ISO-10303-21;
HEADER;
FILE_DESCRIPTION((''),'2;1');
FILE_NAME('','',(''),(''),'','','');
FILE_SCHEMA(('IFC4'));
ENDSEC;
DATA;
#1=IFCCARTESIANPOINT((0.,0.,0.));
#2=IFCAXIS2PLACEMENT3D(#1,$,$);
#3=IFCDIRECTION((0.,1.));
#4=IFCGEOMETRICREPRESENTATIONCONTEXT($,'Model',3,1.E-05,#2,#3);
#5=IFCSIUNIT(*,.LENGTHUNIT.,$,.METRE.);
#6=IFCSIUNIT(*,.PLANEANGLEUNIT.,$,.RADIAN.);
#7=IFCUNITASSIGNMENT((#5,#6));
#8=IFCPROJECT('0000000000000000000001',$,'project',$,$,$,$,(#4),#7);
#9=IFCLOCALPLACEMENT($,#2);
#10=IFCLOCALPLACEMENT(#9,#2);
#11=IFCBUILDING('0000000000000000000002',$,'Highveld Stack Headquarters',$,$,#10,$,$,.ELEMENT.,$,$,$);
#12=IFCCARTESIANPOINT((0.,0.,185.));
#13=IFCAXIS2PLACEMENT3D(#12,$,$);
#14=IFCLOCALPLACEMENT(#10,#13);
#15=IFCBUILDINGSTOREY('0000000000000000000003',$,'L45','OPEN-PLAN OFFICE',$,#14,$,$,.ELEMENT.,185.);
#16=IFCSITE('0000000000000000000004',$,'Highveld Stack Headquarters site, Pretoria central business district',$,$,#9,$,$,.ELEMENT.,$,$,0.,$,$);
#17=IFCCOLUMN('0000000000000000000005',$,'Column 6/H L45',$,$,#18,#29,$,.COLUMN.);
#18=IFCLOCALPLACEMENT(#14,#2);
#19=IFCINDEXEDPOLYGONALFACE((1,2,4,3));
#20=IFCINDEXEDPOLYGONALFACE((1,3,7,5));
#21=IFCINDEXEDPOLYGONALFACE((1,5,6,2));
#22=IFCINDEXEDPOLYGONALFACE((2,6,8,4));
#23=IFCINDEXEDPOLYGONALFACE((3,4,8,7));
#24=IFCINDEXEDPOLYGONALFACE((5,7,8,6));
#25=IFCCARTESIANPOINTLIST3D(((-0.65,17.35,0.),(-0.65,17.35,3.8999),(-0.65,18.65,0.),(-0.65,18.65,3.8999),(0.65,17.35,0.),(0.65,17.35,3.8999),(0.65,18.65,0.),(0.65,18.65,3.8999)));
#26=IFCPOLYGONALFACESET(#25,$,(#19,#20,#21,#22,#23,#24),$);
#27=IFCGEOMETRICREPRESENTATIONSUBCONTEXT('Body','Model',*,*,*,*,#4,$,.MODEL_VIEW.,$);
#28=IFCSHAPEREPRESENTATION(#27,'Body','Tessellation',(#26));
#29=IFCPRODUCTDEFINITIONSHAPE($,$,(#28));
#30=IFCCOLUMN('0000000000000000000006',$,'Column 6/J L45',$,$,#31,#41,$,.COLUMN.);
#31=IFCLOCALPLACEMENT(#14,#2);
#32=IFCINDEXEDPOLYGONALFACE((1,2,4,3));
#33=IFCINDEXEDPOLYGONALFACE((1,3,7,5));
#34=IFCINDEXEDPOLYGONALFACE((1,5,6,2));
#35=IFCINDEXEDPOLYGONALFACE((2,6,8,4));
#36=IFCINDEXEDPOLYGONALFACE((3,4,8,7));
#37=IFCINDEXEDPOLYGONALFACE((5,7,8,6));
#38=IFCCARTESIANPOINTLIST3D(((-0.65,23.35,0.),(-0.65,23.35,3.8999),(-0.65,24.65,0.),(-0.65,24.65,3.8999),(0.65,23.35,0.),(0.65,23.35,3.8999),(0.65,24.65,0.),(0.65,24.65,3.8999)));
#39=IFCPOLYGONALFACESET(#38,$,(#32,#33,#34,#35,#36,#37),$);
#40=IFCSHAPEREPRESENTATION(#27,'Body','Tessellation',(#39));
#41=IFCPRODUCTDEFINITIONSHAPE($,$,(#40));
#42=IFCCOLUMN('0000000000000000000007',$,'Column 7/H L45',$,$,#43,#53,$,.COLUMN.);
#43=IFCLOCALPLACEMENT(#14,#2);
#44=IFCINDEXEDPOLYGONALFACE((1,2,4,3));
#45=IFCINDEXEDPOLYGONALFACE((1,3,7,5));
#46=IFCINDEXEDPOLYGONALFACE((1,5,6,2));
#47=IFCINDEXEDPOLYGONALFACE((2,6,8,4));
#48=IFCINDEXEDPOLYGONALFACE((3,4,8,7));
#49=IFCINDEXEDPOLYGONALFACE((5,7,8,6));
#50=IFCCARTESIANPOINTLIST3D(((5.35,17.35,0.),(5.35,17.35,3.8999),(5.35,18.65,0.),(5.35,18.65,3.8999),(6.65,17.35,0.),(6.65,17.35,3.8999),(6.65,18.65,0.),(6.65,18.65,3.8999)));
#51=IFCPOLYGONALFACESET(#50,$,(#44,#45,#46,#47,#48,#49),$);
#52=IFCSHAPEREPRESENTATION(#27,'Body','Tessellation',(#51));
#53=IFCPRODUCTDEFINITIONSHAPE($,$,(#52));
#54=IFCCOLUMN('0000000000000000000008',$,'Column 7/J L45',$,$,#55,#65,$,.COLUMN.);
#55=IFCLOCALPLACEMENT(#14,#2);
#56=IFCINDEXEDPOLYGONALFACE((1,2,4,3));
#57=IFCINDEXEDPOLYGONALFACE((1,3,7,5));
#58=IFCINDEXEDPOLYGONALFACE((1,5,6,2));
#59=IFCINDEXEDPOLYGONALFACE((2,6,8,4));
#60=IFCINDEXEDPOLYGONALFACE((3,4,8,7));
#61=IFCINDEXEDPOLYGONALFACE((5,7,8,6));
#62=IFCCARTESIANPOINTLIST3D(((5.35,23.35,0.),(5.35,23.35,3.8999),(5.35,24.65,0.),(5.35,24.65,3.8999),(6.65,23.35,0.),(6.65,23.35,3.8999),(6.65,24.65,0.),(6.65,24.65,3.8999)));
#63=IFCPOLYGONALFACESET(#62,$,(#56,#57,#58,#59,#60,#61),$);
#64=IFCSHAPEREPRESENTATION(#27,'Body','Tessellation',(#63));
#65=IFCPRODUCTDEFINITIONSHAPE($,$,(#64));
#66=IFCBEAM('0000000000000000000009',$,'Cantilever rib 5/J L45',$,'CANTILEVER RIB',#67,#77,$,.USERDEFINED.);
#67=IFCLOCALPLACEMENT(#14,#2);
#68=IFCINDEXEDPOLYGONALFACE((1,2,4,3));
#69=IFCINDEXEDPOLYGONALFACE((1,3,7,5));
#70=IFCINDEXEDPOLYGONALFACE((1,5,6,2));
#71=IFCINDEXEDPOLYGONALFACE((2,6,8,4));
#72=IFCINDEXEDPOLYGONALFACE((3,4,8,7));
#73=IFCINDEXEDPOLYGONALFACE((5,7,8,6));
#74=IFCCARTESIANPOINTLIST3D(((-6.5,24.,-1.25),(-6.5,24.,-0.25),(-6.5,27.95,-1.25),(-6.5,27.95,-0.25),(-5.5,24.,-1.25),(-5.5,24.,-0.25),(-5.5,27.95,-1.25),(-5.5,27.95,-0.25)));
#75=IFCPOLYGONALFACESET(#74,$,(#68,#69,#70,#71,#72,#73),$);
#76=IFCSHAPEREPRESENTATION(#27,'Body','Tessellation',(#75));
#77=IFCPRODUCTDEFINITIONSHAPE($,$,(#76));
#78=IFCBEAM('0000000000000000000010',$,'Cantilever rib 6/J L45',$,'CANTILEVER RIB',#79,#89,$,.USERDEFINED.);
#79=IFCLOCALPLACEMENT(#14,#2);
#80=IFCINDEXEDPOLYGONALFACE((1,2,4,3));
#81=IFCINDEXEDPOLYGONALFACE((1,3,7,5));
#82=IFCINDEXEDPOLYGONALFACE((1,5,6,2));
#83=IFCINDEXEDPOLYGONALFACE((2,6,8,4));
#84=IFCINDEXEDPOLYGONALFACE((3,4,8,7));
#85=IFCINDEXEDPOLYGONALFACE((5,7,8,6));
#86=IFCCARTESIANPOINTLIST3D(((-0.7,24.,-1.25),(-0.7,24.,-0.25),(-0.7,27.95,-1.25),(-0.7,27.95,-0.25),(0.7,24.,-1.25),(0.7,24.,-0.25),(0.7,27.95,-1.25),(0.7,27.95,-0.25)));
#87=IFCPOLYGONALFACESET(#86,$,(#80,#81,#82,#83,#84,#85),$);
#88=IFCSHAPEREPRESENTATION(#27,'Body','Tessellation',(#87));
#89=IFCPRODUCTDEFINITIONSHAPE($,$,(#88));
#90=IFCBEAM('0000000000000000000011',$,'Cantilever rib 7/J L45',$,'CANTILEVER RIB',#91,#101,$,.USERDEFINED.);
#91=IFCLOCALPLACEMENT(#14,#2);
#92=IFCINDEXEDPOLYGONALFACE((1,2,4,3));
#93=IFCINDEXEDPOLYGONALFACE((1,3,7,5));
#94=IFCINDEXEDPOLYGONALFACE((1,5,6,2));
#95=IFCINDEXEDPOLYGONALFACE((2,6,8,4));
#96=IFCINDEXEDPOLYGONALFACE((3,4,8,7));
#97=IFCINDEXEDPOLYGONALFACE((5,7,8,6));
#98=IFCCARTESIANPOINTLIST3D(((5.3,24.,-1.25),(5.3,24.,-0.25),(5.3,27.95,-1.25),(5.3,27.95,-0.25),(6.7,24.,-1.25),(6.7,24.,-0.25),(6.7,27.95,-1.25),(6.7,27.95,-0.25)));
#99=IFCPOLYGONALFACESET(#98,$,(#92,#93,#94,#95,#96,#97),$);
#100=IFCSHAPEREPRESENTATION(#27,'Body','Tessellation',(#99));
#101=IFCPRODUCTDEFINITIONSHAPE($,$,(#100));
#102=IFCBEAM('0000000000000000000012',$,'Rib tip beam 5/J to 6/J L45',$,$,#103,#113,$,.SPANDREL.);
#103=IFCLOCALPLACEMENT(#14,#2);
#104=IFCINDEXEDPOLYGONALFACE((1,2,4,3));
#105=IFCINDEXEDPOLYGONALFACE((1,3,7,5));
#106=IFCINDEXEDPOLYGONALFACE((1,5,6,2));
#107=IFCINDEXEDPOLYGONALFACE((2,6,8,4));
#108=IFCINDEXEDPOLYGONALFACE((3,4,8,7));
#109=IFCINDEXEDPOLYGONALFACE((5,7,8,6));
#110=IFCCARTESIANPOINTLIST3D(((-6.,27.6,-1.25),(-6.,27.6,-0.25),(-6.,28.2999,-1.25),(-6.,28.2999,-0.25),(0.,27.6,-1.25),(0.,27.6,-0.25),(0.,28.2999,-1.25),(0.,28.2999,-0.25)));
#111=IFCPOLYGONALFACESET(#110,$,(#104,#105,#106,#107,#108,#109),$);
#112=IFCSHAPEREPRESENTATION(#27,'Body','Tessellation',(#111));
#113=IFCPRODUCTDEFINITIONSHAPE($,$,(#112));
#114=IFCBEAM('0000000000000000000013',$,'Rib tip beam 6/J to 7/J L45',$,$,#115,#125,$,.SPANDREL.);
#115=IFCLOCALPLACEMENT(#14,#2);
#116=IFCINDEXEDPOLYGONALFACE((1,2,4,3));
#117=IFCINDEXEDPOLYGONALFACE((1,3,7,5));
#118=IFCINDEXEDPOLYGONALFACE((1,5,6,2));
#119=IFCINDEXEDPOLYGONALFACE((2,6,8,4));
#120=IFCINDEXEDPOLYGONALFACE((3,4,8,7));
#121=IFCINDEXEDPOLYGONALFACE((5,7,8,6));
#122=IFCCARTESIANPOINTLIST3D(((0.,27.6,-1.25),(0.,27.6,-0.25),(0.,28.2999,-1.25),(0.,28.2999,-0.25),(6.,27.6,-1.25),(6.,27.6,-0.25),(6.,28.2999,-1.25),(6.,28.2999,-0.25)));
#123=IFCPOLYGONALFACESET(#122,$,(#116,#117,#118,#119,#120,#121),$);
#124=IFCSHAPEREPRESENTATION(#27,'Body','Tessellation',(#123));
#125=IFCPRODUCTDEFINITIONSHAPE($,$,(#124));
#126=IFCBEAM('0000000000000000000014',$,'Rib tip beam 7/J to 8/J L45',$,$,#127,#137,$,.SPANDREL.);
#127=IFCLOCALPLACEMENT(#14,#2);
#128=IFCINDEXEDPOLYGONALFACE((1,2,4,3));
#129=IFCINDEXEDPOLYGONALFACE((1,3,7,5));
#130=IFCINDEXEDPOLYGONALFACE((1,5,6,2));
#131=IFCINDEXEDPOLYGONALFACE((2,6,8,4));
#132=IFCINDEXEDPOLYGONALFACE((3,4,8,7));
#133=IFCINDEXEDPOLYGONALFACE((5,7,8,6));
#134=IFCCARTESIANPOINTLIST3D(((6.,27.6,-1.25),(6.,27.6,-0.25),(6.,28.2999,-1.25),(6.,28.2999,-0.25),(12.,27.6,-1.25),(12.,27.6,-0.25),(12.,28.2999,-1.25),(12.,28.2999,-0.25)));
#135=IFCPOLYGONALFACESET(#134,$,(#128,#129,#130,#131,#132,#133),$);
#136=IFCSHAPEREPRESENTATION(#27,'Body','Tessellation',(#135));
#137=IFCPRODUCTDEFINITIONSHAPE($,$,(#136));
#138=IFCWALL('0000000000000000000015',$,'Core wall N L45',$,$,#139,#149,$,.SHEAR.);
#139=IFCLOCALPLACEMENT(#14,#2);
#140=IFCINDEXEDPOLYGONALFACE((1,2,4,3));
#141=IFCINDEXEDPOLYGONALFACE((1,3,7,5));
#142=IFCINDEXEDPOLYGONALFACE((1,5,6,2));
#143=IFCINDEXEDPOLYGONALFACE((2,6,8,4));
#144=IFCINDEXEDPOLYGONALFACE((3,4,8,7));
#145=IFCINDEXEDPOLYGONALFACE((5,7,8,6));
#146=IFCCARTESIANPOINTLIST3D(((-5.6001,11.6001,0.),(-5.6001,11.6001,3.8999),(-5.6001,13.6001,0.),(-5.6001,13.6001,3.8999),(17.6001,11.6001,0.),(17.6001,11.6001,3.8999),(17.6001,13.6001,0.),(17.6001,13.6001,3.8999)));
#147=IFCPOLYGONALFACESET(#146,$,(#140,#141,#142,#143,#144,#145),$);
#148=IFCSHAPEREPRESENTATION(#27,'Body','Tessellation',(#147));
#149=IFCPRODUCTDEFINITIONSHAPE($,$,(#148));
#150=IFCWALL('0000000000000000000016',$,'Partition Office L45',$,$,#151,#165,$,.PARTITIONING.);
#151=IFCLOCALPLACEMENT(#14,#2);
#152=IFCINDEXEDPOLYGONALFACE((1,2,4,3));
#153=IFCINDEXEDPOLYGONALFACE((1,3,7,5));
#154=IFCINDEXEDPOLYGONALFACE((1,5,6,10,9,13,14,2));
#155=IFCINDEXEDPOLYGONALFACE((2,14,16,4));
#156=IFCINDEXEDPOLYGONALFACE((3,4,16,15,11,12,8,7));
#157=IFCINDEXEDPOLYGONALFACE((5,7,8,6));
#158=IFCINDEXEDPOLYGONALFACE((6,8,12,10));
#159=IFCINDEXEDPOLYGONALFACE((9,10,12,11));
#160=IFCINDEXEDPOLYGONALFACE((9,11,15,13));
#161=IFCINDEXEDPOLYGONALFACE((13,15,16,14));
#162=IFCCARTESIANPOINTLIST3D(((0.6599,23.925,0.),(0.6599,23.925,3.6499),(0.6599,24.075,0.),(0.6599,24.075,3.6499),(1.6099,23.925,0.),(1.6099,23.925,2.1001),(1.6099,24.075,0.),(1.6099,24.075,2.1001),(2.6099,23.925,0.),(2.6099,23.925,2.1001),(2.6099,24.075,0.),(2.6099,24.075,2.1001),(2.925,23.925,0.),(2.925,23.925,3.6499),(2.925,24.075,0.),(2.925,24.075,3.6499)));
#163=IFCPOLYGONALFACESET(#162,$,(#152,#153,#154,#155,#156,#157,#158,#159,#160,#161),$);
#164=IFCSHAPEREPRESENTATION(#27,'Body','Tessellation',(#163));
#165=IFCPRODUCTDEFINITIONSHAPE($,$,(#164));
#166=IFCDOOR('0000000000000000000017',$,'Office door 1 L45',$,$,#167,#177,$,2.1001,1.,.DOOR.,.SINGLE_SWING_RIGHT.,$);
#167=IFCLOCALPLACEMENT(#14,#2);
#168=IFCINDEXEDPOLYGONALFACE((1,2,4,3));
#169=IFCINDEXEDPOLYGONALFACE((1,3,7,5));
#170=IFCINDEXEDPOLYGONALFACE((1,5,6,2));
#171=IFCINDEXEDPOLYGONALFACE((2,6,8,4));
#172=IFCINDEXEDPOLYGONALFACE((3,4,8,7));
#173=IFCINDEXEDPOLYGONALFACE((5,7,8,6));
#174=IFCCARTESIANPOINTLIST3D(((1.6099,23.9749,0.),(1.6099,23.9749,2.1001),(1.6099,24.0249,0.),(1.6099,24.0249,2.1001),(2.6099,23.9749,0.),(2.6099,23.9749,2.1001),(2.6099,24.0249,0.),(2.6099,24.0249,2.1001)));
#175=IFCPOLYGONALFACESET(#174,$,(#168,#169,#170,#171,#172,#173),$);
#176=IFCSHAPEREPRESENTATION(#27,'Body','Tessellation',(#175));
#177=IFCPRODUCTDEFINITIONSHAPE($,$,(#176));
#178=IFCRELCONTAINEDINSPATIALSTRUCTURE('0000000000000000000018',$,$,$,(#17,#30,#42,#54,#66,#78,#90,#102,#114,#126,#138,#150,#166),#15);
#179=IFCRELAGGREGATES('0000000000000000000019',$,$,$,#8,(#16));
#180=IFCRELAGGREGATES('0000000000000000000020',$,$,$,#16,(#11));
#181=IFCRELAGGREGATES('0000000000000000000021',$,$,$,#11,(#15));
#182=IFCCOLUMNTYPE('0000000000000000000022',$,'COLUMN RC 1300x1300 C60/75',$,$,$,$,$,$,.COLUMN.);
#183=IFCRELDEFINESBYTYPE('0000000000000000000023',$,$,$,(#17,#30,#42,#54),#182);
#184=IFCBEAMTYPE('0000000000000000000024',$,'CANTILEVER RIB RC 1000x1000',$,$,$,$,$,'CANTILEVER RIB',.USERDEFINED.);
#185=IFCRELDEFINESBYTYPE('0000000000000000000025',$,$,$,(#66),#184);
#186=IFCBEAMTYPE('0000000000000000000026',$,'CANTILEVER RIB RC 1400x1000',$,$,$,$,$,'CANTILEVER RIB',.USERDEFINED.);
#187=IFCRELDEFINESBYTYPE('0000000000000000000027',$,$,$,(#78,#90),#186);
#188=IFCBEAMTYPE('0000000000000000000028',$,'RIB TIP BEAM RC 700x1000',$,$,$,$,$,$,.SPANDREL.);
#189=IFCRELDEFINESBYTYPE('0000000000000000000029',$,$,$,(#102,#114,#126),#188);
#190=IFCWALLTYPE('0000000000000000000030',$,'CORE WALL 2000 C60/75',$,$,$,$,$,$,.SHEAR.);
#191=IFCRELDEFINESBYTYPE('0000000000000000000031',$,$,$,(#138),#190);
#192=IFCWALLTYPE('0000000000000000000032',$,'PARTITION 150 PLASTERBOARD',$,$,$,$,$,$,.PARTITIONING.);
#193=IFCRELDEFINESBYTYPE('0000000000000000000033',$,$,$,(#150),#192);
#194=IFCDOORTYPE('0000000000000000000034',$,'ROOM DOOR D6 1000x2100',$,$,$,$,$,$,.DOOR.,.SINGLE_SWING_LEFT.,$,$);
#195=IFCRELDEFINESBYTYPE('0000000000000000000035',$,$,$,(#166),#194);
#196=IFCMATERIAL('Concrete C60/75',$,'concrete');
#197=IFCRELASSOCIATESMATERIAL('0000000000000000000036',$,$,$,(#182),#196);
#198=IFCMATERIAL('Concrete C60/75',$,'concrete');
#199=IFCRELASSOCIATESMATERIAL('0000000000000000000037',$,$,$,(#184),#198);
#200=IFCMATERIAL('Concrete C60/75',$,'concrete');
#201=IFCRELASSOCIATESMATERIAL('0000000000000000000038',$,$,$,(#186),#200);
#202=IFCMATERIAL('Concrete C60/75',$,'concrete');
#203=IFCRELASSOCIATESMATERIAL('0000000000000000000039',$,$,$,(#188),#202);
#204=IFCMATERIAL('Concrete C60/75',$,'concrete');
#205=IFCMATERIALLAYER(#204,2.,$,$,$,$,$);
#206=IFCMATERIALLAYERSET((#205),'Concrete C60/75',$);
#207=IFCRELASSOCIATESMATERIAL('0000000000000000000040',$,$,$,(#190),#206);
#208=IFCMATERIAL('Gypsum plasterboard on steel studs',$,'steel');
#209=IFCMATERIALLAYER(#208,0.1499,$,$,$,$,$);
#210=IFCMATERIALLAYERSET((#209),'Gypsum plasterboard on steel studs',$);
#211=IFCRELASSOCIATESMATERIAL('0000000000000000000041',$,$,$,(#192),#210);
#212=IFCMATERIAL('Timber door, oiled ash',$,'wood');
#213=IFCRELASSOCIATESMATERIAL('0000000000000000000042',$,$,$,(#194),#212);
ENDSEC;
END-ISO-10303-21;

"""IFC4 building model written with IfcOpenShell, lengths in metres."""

from ifc_helpers import new_model, si_unit, direction, frame, frame_2d, origin, origin_2d, place, context, subcontext, project, spatial, rectangle, extrude, material, layer, layer_set, material_profile, profile_set, type_object, element, fill, save


model = new_model("IFC4")

# Units and contexts
model_context = context("Model", 3, precision=1e-05, world=origin(), true_north=direction((0.0, 1.0)))
body_context = subcontext(model_context, "Body", "Model", "MODEL_VIEW")
ifc_project = project(units=[si_unit("LENGTHUNIT", "METRE"), si_unit("PLANEANGLEUNIT", "RADIAN")], contexts=[model_context])

# Site, building, storey
site_placement = place(None, origin())
site = spatial("IfcSite", under=ifc_project, at=site_placement, Name="Highveld Stack Headquarters site, Pretoria central business district", CompositionType="ELEMENT", RefElevation=0.0)
building_placement = place(site_placement, origin())
building = spatial("IfcBuilding", under=site, at=building_placement, Name="Highveld Stack Headquarters", CompositionType="ELEMENT")
storey_placement = place(building_placement, frame((0.0, 0.0, 185.0)))
storey = spatial("IfcBuildingStorey", under=building, at=storey_placement, Name="L45", Description="OPEN-PLAN OFFICE", CompositionType="ELEMENT", Elevation=185.0)

# Columns
ifc_material_1 = material(Name="Concrete C60/75", Category="concrete")
ifc_material_profile_1 = material_profile(ifc_material_1, rectangle(XDim=1.3, YDim=1.3, at=origin_2d()), Name="RC 1300x1300")
ifc_profile_set_1 = profile_set([ifc_material_profile_1], Name="Concrete C60/75")
column_type = type_object("IfcColumnType", Name="COLUMN RC 1300x1300 C60/75", PredefinedType="COLUMN", material=ifc_profile_set_1)
for number, where, z_axis, x_axis, name in (
    (1, (0.0, 18.0, 0.0), (0.0, 0.0, 1.0), (1.0, 0.0, 0.0), "Column 6/H L45"),
    (2, (0.0, 24.0, 0.0), (0.0, 0.0, 1.0), (1.0, 0.0, 0.0), "Column 6/J L45"),
    (3, (6.0, 18.0, 0.0), (0.0, 0.0, 1.0), (1.0, 0.0, 0.0), "Column 7/H L45"),
    (4, (6.0, 24.0, 0.0), (0.0, 0.0, 1.0), (1.0, 0.0, 0.0), "Column 7/J L45"),
):
    element("IfcColumn", number, at=place(storey_placement, frame(where, z_axis=z_axis, x_axis=x_axis)), inside=storey, type_object=column_type, Name=name, PredefinedType="COLUMN", context=body_context, shape_type="SweptSolid", body=[
        extrude(rectangle(XDim=1.3, YDim=1.3, at=origin_2d()), origin(), (0.0, 0.0, 1.0), 3.8999),
    ])

# Beams
ifc_material_2 = material(Name="Concrete C60/75", Category="concrete")
ifc_material_profile_2 = material_profile(ifc_material_2, rectangle(XDim=1.0, YDim=1.0, at=origin_2d()), Name="RC 1000x1000")
ifc_profile_set_2 = profile_set([ifc_material_profile_2], Name="Concrete C60/75")
beam_type_1 = type_object("IfcBeamType", Name="CANTILEVER RIB RC 1000x1000", ElementType="CANTILEVER RIB", PredefinedType="USERDEFINED", material=ifc_profile_set_2)
beam_placement = place(storey_placement, frame((-6.0, 24.0, -0.75), z_axis=(0.0, 1.0, 0.0), x_axis=(-1.0, 0.0, 0.0)))
element("IfcBeam", 5, at=beam_placement, inside=storey, type_object=beam_type_1, Name="Cantilever rib 5/J L45", ObjectType="CANTILEVER RIB", PredefinedType="USERDEFINED", context=body_context, shape_type="SweptSolid", body=[
    extrude(rectangle(XDim=1.0, YDim=1.0, at=origin_2d()), origin(), (0.0, 0.0, 1.0), 3.95),
])
ifc_material_3 = material(Name="Concrete C60/75", Category="concrete")
ifc_material_profile_3 = material_profile(ifc_material_3, rectangle(XDim=1.3999, YDim=1.0, at=origin_2d()), Name="RC 1400x1000")
ifc_profile_set_3 = profile_set([ifc_material_profile_3], Name="Concrete C60/75")
beam_type_2 = type_object("IfcBeamType", Name="CANTILEVER RIB RC 1400x1000", ElementType="CANTILEVER RIB", PredefinedType="USERDEFINED", material=ifc_profile_set_3)
for number, where, z_axis, x_axis, name in (
    (6, (0.0, 24.0, -0.75), (0.0, 1.0, 0.0), (-1.0, 0.0, 0.0), "Cantilever rib 6/J L45"),
    (7, (6.0, 24.0, -0.75), (0.0, 1.0, 0.0), (-1.0, 0.0, 0.0), "Cantilever rib 7/J L45"),
):
    element("IfcBeam", number, at=place(storey_placement, frame(where, z_axis=z_axis, x_axis=x_axis)), inside=storey, type_object=beam_type_2, Name=name, ObjectType="CANTILEVER RIB", PredefinedType="USERDEFINED", context=body_context, shape_type="SweptSolid", body=[
        extrude(rectangle(XDim=1.3999, YDim=1.0, at=origin_2d()), origin(), (0.0, 0.0, 1.0), 3.95),
    ])
ifc_material_4 = material(Name="Concrete C60/75", Category="concrete")
ifc_material_profile_4 = material_profile(ifc_material_4, rectangle(XDim=0.7, YDim=1.0, at=origin_2d()), Name="RC 700x1000")
ifc_profile_set_4 = profile_set([ifc_material_profile_4], Name="Concrete C60/75")
beam_type_3 = type_object("IfcBeamType", Name="RIB TIP BEAM RC 700x1000", PredefinedType="SPANDREL", material=ifc_profile_set_4)
for number, where, z_axis, x_axis, name in (
    (8, (-6.0, 27.95, -0.75), (1.0, 0.0, 0.0), (0.0, 1.0, 0.0), "Rib tip beam 5/J to 6/J L45"),
    (9, (0.0, 27.95, -0.75), (1.0, 0.0, 0.0), (0.0, 1.0, 0.0), "Rib tip beam 6/J to 7/J L45"),
    (10, (6.0, 27.95, -0.75), (1.0, 0.0, 0.0), (0.0, 1.0, 0.0), "Rib tip beam 7/J to 8/J L45"),
):
    element("IfcBeam", number, at=place(storey_placement, frame(where, z_axis=z_axis, x_axis=x_axis)), inside=storey, type_object=beam_type_3, Name=name, PredefinedType="SPANDREL", context=body_context, shape_type="SweptSolid", body=[
        extrude(rectangle(XDim=0.7, YDim=1.0, at=origin_2d()), origin(), (0.0, 0.0, 1.0), 6.0),
    ])

# Wall
ifc_material_5 = material(Name="Concrete C60/75", Category="concrete")
ifc_layer_1 = layer(ifc_material_5, 2.0)
ifc_layer_set_1 = layer_set([ifc_layer_1], Name="Concrete C60/75")
wall_type_1 = type_object("IfcWallType", Name="CORE WALL 2000 C60/75", PredefinedType="SHEAR", material=ifc_layer_set_1)
wall_1_placement = place(storey_placement, frame((-5.6001, 12.6001, 0.0), z_axis=(0.0, 0.0, 1.0), x_axis=(1.0, 0.0, 0.0)))
element("IfcWall", 11, at=wall_1_placement, inside=storey, type_object=wall_type_1, Name="Core wall N L45", PredefinedType="SHEAR", context=body_context, shape_type="SweptSolid", body=[
    extrude(rectangle(XDim=23.2002, YDim=2.0, at=frame_2d((11.6001, 0.0))), origin(), (0.0, 0.0, 1.0), 3.8999),
])

# Wall, opening, door
ifc_material_6 = material(Name="Gypsum plasterboard on steel studs", Category="steel")
ifc_layer_2 = layer(ifc_material_6, 0.1499)
ifc_layer_set_2 = layer_set([ifc_layer_2], Name="Gypsum plasterboard on steel studs")
wall_type_2 = type_object("IfcWallType", Name="PARTITION 150 PLASTERBOARD", PredefinedType="PARTITIONING", material=ifc_layer_set_2)
wall_2_placement = place(storey_placement, frame((0.6599, 24.0, 0.0), z_axis=(0.0, 0.0, 1.0), x_axis=(1.0, 0.0, 0.0)))
wall_2 = element("IfcWall", 12, at=wall_2_placement, inside=storey, type_object=wall_type_2, Name="Partition Office L45", PredefinedType="PARTITIONING", context=body_context, shape_type="SweptSolid", body=[
    extrude(rectangle(XDim=2.2651, YDim=0.1499, at=frame_2d((1.1326, 0.0))), origin(), (0.0, 0.0, 1.0), 3.6499),
])
opening_1_placement = place(wall_2_placement, frame((0.95, 0.0, 0.0)))
opening_1 = element("IfcOpeningElement", 13, at=opening_1_placement, cuts=wall_2, PredefinedType="OPENING", context=body_context, shape_type="SweptSolid", body=[
    extrude(rectangle(XDim=1.0, YDim=2.1001, at=frame_2d((0.5, 1.05))), frame((0.0, 0.085, 0.0), z_axis=(0.0, -1.0, 0.0), x_axis=(1.0, 0.0, 0.0)), (0.0, 0.0, 1.0), 0.1699),
])
ifc_material_7 = material(Name="Timber door, oiled ash", Category="wood")
door_type = type_object("IfcDoorType", Name="ROOM DOOR D6 1000x2100", OperationType="SINGLE_SWING_LEFT", PredefinedType="DOOR", material=ifc_material_7)
door_1_placement = place(opening_1_placement, origin())
door_1 = element("IfcDoor", 14, at=door_1_placement, inside=storey, type_object=door_type, Name="Office door 1 L45", OperationType="SINGLE_SWING_RIGHT", OverallHeight=2.1001, OverallWidth=1.0, PredefinedType="DOOR", context=body_context, shape_type="SweptSolid", body=[
    extrude(rectangle(XDim=1.0, YDim=2.1001, at=frame_2d((0.5, 1.05))), frame((0.0, 0.0249, 0.0), z_axis=(0.0, -1.0, 0.0), x_axis=(1.0, 0.0, 0.0)), (0.0, 0.0, 1.0), 0.05),
])
fill(opening_1, door_1)

save(model, "model.ifc")
